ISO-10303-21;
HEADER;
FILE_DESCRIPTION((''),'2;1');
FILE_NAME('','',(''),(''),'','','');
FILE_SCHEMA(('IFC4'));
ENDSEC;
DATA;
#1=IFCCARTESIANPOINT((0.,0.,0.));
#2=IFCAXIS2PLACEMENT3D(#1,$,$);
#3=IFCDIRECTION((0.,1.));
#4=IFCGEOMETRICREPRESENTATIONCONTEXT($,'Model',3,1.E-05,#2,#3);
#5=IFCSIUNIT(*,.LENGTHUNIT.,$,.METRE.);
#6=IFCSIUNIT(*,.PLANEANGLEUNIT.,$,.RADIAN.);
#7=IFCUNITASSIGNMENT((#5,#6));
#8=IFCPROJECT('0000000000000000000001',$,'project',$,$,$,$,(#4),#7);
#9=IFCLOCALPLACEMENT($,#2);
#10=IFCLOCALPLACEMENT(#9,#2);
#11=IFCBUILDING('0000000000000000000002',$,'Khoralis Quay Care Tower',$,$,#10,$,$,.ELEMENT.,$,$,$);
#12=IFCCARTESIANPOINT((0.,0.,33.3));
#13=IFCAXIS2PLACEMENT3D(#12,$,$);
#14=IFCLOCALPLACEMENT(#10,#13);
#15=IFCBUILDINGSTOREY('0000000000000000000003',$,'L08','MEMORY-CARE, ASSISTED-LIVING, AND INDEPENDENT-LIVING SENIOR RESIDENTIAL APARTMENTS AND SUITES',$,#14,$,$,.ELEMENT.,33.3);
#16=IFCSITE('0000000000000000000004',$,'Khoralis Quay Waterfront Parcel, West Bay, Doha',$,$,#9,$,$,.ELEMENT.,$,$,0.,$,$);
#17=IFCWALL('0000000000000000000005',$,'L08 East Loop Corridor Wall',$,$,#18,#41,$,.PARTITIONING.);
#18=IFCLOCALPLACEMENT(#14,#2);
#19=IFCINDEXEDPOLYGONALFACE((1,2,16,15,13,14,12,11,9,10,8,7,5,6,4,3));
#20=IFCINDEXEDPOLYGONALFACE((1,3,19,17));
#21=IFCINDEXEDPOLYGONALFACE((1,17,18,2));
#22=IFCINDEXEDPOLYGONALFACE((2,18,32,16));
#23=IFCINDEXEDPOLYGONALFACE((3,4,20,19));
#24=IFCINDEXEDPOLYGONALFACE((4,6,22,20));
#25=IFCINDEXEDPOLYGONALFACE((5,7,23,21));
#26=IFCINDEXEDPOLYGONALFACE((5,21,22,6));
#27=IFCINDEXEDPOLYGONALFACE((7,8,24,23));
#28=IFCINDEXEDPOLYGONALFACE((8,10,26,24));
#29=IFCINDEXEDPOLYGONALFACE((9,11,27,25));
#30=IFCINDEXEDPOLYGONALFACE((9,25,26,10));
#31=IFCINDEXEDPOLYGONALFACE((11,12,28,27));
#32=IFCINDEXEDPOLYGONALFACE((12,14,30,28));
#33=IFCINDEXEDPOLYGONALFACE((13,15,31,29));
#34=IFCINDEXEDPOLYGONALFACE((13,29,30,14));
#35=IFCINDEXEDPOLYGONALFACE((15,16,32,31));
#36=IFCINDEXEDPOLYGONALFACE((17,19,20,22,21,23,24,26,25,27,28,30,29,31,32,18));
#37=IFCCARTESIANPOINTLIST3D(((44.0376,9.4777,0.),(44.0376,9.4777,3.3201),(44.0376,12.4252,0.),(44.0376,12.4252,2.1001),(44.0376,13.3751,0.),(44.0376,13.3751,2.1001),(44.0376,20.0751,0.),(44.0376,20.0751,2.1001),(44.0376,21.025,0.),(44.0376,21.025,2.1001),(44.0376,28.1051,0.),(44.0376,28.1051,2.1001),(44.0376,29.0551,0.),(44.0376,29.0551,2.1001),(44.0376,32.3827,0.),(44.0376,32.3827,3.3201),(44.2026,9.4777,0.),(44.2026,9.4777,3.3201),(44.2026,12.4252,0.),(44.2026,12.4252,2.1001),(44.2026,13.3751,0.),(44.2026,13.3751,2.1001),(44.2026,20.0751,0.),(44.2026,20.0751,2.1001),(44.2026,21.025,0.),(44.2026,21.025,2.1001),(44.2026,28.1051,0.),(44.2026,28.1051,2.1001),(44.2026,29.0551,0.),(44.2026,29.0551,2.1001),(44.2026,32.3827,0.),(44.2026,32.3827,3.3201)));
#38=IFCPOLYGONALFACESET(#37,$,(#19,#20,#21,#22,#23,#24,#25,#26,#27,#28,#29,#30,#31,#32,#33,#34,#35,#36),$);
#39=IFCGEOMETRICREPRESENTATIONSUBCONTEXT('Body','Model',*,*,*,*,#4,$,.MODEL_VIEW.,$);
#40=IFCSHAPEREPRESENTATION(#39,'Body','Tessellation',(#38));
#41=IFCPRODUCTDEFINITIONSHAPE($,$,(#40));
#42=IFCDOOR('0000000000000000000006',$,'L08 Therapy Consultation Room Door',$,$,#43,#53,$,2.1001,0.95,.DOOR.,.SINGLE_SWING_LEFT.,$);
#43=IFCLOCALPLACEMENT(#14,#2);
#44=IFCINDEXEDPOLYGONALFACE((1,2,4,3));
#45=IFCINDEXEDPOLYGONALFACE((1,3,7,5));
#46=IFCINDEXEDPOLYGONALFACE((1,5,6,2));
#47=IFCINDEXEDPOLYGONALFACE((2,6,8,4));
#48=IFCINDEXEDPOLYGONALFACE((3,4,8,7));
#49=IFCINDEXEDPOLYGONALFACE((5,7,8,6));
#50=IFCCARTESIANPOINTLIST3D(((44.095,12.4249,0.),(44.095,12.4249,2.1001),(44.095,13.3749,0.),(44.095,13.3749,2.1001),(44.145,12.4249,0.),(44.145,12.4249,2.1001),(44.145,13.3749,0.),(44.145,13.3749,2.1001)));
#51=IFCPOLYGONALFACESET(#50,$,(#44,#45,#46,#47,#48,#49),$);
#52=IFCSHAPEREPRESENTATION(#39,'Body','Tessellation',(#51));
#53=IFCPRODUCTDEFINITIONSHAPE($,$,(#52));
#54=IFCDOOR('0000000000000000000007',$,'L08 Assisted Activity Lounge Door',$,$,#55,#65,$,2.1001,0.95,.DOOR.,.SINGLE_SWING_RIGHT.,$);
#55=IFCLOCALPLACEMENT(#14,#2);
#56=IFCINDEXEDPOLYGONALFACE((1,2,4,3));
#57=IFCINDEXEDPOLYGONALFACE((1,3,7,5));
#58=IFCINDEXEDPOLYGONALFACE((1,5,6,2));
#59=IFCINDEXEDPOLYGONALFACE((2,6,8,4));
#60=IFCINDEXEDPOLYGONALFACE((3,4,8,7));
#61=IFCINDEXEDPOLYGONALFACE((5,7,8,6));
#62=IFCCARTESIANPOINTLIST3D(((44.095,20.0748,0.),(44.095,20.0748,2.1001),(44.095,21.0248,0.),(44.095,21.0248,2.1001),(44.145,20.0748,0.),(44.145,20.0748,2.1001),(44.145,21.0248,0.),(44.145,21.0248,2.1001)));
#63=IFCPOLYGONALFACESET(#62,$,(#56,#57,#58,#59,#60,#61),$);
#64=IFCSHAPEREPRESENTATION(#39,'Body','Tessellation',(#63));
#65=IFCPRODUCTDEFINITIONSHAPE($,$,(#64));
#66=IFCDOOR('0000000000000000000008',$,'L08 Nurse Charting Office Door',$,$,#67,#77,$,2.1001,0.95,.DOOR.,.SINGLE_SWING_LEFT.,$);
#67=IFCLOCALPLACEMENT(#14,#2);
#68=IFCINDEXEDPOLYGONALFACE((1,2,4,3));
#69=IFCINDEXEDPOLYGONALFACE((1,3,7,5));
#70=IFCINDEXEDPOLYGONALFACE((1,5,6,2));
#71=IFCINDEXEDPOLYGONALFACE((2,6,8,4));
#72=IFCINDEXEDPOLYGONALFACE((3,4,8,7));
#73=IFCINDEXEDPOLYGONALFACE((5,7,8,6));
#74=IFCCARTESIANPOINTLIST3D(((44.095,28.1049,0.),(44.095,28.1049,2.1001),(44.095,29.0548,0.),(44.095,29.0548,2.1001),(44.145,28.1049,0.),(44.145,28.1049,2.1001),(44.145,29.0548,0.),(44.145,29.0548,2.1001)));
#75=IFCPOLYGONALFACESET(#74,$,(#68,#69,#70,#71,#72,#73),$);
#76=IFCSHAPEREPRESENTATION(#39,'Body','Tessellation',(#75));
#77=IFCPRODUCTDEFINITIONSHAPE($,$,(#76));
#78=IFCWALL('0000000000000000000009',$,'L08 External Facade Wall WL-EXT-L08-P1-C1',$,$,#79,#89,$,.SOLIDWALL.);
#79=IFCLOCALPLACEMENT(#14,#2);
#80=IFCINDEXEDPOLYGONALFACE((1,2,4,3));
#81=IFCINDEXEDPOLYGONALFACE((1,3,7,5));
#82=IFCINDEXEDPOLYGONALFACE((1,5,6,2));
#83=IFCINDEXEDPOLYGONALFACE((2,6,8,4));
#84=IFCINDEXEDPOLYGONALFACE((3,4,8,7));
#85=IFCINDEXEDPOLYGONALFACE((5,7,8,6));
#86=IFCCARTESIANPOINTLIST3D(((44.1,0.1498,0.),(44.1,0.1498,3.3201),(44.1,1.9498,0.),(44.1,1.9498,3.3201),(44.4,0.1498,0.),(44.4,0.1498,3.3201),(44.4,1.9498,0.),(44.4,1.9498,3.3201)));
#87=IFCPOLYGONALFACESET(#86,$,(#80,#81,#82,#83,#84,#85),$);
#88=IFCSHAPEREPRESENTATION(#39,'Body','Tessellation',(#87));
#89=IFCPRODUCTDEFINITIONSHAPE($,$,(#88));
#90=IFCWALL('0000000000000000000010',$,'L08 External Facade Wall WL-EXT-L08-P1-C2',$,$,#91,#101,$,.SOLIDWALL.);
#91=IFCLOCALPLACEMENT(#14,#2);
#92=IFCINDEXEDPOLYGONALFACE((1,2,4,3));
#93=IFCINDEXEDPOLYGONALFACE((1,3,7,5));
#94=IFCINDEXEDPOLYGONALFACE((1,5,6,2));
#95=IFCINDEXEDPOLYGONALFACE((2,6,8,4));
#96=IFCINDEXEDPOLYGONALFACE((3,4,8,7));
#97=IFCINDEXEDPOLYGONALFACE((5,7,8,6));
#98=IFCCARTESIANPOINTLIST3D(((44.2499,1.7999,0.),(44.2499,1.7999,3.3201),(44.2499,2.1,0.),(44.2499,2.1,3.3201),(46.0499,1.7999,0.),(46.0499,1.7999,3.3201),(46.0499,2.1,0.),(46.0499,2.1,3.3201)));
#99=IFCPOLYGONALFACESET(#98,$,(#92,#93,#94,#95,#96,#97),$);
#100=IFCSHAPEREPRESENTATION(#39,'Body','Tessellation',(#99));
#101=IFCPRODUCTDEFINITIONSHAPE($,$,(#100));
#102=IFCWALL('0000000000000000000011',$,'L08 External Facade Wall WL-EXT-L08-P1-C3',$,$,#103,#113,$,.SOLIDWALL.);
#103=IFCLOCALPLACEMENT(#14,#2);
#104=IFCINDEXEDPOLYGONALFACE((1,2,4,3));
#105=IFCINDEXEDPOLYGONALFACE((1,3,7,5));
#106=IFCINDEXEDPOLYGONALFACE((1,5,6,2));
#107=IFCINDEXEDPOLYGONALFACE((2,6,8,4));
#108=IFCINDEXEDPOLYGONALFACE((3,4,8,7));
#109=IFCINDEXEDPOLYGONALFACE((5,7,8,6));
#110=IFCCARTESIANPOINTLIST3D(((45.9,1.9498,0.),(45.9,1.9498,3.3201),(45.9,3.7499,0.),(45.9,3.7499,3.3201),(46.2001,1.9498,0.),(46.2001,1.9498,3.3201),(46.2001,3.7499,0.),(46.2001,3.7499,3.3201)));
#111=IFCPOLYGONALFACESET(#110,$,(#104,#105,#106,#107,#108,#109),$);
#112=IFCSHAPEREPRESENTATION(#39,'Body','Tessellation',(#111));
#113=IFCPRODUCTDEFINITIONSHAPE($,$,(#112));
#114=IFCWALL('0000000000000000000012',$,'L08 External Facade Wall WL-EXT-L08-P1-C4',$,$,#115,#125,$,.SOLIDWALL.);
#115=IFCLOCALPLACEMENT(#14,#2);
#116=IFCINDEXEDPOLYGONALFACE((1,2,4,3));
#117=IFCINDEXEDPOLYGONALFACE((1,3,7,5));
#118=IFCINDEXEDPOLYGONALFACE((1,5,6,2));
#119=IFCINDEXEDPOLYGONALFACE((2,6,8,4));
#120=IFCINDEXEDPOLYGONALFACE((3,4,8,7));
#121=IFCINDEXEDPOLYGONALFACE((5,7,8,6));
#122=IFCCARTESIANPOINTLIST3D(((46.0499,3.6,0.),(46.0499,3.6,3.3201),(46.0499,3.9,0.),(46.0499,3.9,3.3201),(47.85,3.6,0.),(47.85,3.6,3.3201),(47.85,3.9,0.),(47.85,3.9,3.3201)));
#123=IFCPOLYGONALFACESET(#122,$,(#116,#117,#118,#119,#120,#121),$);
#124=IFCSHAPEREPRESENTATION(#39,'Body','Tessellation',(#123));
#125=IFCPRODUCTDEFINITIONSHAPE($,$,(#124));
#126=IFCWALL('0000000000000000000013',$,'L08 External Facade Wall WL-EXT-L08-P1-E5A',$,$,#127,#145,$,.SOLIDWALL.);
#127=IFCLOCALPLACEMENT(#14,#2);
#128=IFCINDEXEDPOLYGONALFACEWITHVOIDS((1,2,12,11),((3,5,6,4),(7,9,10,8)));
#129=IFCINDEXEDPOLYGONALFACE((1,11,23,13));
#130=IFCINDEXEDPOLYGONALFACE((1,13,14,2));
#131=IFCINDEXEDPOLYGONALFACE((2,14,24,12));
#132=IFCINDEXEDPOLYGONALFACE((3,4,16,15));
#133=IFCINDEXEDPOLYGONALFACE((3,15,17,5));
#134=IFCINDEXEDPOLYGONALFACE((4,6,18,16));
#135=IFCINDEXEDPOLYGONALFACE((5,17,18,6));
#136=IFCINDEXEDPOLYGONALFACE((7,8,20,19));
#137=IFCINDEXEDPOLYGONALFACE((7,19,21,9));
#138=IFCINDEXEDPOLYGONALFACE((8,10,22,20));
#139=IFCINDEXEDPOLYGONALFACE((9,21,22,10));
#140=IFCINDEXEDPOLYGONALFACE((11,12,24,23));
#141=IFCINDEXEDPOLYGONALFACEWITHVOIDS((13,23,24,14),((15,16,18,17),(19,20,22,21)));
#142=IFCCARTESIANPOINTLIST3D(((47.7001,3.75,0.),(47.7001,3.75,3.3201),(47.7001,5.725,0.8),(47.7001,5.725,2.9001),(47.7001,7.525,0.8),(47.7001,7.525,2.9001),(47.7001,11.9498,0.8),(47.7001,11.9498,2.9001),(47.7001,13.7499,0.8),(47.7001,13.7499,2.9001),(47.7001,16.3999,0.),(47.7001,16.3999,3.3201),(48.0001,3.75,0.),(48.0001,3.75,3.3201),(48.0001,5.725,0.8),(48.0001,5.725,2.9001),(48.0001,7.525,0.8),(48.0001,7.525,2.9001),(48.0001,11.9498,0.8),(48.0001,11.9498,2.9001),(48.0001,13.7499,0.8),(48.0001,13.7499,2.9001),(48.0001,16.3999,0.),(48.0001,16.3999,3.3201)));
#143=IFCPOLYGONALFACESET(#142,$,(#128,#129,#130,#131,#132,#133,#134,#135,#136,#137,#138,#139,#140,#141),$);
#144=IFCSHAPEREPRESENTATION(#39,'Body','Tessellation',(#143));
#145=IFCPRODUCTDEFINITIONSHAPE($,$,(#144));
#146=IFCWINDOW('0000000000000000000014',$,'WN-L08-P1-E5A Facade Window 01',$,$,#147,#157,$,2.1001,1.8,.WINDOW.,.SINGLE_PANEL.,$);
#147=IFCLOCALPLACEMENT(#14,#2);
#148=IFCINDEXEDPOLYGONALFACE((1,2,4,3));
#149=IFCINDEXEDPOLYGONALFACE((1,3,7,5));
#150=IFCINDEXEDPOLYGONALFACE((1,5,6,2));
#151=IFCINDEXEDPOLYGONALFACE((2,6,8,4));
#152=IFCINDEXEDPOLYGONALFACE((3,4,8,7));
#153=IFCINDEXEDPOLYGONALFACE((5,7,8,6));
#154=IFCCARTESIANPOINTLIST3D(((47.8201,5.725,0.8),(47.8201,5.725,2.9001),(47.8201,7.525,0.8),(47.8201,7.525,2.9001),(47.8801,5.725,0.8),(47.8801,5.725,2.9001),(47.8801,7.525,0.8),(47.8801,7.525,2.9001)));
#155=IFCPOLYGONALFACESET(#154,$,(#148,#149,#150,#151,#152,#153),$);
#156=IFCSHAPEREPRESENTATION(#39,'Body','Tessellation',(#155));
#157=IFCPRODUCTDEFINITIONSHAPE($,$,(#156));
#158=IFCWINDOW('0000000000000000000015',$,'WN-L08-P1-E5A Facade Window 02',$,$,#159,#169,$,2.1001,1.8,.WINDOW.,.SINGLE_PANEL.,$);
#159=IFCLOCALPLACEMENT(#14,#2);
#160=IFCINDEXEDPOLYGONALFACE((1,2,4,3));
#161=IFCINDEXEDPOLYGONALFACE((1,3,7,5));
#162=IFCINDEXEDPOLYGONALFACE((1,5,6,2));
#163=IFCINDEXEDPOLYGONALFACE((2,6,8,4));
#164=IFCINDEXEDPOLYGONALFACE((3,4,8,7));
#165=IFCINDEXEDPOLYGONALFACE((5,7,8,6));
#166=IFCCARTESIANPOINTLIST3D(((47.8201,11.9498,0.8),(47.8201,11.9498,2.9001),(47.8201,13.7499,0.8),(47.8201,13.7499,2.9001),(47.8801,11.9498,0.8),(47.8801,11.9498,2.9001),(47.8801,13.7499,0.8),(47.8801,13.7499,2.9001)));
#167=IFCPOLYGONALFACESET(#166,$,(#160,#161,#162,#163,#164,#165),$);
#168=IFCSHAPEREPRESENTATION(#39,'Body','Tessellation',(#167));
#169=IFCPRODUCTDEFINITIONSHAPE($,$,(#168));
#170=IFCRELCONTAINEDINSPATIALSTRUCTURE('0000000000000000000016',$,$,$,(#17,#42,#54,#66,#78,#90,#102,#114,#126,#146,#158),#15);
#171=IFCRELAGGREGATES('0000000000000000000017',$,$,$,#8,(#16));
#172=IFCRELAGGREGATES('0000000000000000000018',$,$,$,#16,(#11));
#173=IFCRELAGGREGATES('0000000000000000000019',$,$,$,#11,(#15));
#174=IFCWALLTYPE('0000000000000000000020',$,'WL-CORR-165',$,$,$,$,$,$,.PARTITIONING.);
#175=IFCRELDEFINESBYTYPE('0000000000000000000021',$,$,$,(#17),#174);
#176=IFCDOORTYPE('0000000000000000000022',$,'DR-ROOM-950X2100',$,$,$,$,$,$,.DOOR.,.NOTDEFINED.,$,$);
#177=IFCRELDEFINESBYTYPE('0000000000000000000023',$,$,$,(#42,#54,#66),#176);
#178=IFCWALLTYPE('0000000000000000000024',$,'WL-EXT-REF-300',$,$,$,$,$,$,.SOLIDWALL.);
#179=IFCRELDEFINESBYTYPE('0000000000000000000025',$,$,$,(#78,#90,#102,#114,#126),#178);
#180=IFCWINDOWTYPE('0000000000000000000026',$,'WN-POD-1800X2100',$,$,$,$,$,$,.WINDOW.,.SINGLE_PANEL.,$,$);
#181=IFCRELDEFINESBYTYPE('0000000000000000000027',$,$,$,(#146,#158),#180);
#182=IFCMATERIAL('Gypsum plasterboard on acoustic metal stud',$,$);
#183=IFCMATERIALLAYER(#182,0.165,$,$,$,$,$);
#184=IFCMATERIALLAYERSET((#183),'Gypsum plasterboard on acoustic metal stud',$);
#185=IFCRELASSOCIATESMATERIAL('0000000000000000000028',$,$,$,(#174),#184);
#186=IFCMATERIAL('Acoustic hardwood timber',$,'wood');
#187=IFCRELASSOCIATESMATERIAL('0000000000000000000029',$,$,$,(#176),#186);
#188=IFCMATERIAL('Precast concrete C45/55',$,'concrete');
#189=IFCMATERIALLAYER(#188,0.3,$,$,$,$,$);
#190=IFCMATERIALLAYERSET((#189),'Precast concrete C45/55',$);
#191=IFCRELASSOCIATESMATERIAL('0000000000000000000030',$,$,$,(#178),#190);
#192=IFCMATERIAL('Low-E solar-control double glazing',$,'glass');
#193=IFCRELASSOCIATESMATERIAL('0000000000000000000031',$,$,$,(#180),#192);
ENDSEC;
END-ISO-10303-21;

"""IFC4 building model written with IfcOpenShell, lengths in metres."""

from ifc_helpers import new_model, si_unit, direction, frame, frame_2d, origin, place, context, subcontext, project, spatial, rectangle, extrude, source, transform, mapped, material, layer, layer_set, type_object, element, fill, save


model = new_model("IFC4")

# Units and contexts
model_context = context("Model", 3, precision=1e-05, world=origin(), true_north=direction((0.0, 1.0)))
body_context = subcontext(model_context, "Body", "Model", "MODEL_VIEW")
ifc_project = project(units=[si_unit("LENGTHUNIT", "METRE"), si_unit("PLANEANGLEUNIT", "RADIAN")], contexts=[model_context])

# Site, building, storey
site_placement = place(None, origin())
site = spatial("IfcSite", under=ifc_project, at=site_placement, Name="Khoralis Quay Waterfront Parcel, West Bay, Doha", CompositionType="ELEMENT", RefElevation=0.0)
building_placement = place(site_placement, origin())
building = spatial("IfcBuilding", under=site, at=building_placement, Name="Khoralis Quay Care Tower", CompositionType="ELEMENT")
storey_placement = place(building_placement, frame((0.0, 0.0, 33.3)))
storey = spatial("IfcBuildingStorey", under=building, at=storey_placement, Name="L08", Description="MEMORY-CARE, ASSISTED-LIVING, AND INDEPENDENT-LIVING SENIOR RESIDENTIAL APARTMENTS AND SUITES", CompositionType="ELEMENT", Elevation=33.3)

# Wall, openings, doors
ifc_material_1 = material(Name="Gypsum plasterboard on acoustic metal stud")
ifc_layer_1 = layer(ifc_material_1, 0.165)
ifc_layer_set_1 = layer_set([ifc_layer_1], Name="Gypsum plasterboard on acoustic metal stud")
wall_type_1 = type_object("IfcWallType", Name="WL-CORR-165", PredefinedType="PARTITIONING", material=ifc_layer_set_1)
wall_1_placement = place(storey_placement, frame((44.1201, 9.4775, 0.0), z_axis=(0.0, 0.0, 1.0), x_axis=(0.0, 1.0, 0.0)))
wall_1 = element("IfcWall", 1, at=wall_1_placement, inside=storey, type_object=wall_type_1, Name="L08 East Loop Corridor Wall", PredefinedType="PARTITIONING", context=body_context, shape_type="SweptSolid", body=[
    extrude(rectangle(XDim=22.905, YDim=0.165, at=frame_2d((11.4526, 0.0))), origin(), (0.0, 0.0, 1.0), 3.3201),
])
opening_1_placement = place(wall_1_placement, frame((2.9475, 0.0, 0.0)))
opening_1 = element("IfcOpeningElement", 2, at=opening_1_placement, cuts=wall_1, PredefinedType="OPENING", context=body_context, shape_type="SweptSolid", body=[
    extrude(rectangle(XDim=0.95, YDim=2.1001, at=frame_2d((0.4751, 1.05))), frame((0.0, 0.0925, 0.0), z_axis=(0.0, -1.0, 0.0), x_axis=(1.0, 0.0, 0.0)), (0.0, 0.0, 1.0), 0.1851),
])
opening_2_placement = place(wall_1_placement, frame((10.5974, 0.0, 0.0)))
opening_2 = element("IfcOpeningElement", 3, at=opening_2_placement, cuts=wall_1, PredefinedType="OPENING", context=body_context, shape_type="SweptSolid", body=[
    extrude(rectangle(XDim=0.95, YDim=2.1001, at=frame_2d((0.4751, 1.05))), frame((0.0, 0.0925, 0.0), z_axis=(0.0, -1.0, 0.0), x_axis=(1.0, 0.0, 0.0)), (0.0, 0.0, 1.0), 0.1851),
])
opening_3_placement = place(wall_1_placement, frame((18.6274, 0.0, 0.0)))
opening_3 = element("IfcOpeningElement", 4, at=opening_3_placement, cuts=wall_1, PredefinedType="OPENING", context=body_context, shape_type="SweptSolid", body=[
    extrude(rectangle(XDim=0.95, YDim=2.1001, at=frame_2d((0.4751, 1.05))), frame((0.0, 0.0925, 0.0), z_axis=(0.0, -1.0, 0.0), x_axis=(1.0, 0.0, 0.0)), (0.0, 0.0, 1.0), 0.1851),
])
ifc_material_2 = material(Name="Acoustic hardwood timber", Category="wood")
door_type = type_object("IfcDoorType", Name="DR-ROOM-950X2100", OperationType="NOTDEFINED", PredefinedType="DOOR", material=ifc_material_2)
shared_shape_1 = source(origin(), body_context, "Body", "SweptSolid", [
    extrude(rectangle(XDim=0.95, YDim=2.1001, at=frame_2d((0.4751, 1.05))), frame((0.0, 0.0249, 0.0), z_axis=(0.0, -1.0, 0.0), x_axis=(1.0, 0.0, 0.0)), (0.0, 0.0, 1.0), 0.05),
])
door_1_placement = place(opening_1_placement, frame((0.95, 0.0, 0.0), z_axis=(0.0, 0.0, 1.0), x_axis=(-1.0, 0.0, 0.0)))
door_1 = element("IfcDoor", 5, at=door_1_placement, inside=storey, type_object=door_type, Name="L08 Therapy Consultation Room Door", OperationType="SINGLE_SWING_LEFT", OverallHeight=2.1001, OverallWidth=0.95, PredefinedType="DOOR", context=body_context, shape_type="MappedRepresentation", body=[
    mapped(shared_shape_1, transform((0.0, 0.0, 0.0), scale=1.0)),
])
fill(opening_1, door_1)
door_2_placement = place(opening_2_placement, frame((0.95, 0.0, 0.0), z_axis=(0.0, 0.0, 1.0), x_axis=(-1.0, 0.0, 0.0)))
door_2 = element("IfcDoor", 6, at=door_2_placement, inside=storey, type_object=door_type, Name="L08 Assisted Activity Lounge Door", OperationType="SINGLE_SWING_RIGHT", OverallHeight=2.1001, OverallWidth=0.95, PredefinedType="DOOR", context=body_context, shape_type="MappedRepresentation", body=[
    mapped(shared_shape_1, transform((0.0, 0.0, 0.0), scale=1.0)),
])
fill(opening_2, door_2)
door_3_placement = place(opening_3_placement, frame((0.95, 0.0, 0.0), z_axis=(0.0, 0.0, 1.0), x_axis=(-1.0, 0.0, 0.0)))
door_3 = element("IfcDoor", 7, at=door_3_placement, inside=storey, type_object=door_type, Name="L08 Nurse Charting Office Door", OperationType="SINGLE_SWING_LEFT", OverallHeight=2.1001, OverallWidth=0.95, PredefinedType="DOOR", context=body_context, shape_type="MappedRepresentation", body=[
    mapped(shared_shape_1, transform((0.0, 0.0, 0.0), scale=1.0)),
])
fill(opening_3, door_3)

# Walls
ifc_material_3 = material(Name="Precast concrete C45/55", Category="concrete")
ifc_layer_2 = layer(ifc_material_3, 0.3)
ifc_layer_set_2 = layer_set([ifc_layer_2], Name="Precast concrete C45/55")
wall_type_2 = type_object("IfcWallType", Name="WL-EXT-REF-300", PredefinedType="SOLIDWALL", material=ifc_layer_set_2)
for number, where, z_axis, x_axis, name in (
    (8, (44.25, 0.1499, 0.0), (0.0, 0.0, 1.0), (0.0, 1.0, 0.0), "L08 External Facade Wall WL-EXT-L08-P1-C1"),
    (9, (44.25, 1.95, 0.0), (0.0, 0.0, 1.0), (1.0, 0.0, 0.0), "L08 External Facade Wall WL-EXT-L08-P1-C2"),
    (10, (46.05, 1.95, 0.0), (0.0, 0.0, 1.0), (0.0, 1.0, 0.0), "L08 External Facade Wall WL-EXT-L08-P1-C3"),
    (11, (46.05, 3.75, 0.0), (0.0, 0.0, 1.0), (1.0, 0.0, 0.0), "L08 External Facade Wall WL-EXT-L08-P1-C4"),
):
    element("IfcWall", number, at=place(storey_placement, frame(where, z_axis=z_axis, x_axis=x_axis)), inside=storey, type_object=wall_type_2, Name=name, PredefinedType="SOLIDWALL", context=body_context, shape_type="SweptSolid", body=[
        extrude(rectangle(XDim=1.8, YDim=0.3, at=frame_2d((0.8999, 0.0))), origin(), (0.0, 0.0, 1.0), 3.3201),
    ])

# Wall, openings, windows
wall_2_placement = place(storey_placement, frame((47.8501, 3.75, 0.0), z_axis=(0.0, 0.0, 1.0), x_axis=(0.0, 1.0, 0.0)))
wall_2 = element("IfcWall", 12, at=wall_2_placement, inside=storey, type_object=wall_type_2, Name="L08 External Facade Wall WL-EXT-L08-P1-E5A", PredefinedType="SOLIDWALL", context=body_context, shape_type="SweptSolid", body=[
    extrude(rectangle(XDim=12.6499, YDim=0.3, at=frame_2d((6.325, 0.0))), origin(), (0.0, 0.0, 1.0), 3.3201),
])
opening_4_placement = place(wall_2_placement, frame((1.9751, 0.0, 0.8)))
opening_4 = element("IfcOpeningElement", 13, at=opening_4_placement, cuts=wall_2, PredefinedType="OPENING", context=body_context, shape_type="SweptSolid", body=[
    extrude(rectangle(XDim=1.8, YDim=2.1001, at=frame_2d((0.8999, 1.05))), frame((0.0, 0.1602, 0.0), z_axis=(0.0, -1.0, 0.0), x_axis=(1.0, 0.0, 0.0)), (0.0, 0.0, 1.0), 0.3201),
])
opening_5_placement = place(wall_2_placement, frame((8.2, 0.0, 0.8)))
opening_5 = element("IfcOpeningElement", 14, at=opening_5_placement, cuts=wall_2, PredefinedType="OPENING", context=body_context, shape_type="SweptSolid", body=[
    extrude(rectangle(XDim=1.8, YDim=2.1001, at=frame_2d((0.8999, 1.05))), frame((0.0, 0.1602, 0.0), z_axis=(0.0, -1.0, 0.0), x_axis=(1.0, 0.0, 0.0)), (0.0, 0.0, 1.0), 0.3201),
])
ifc_material_4 = material(Name="Low-E solar-control double glazing", Category="glass")
window_type = type_object("IfcWindowType", Name="WN-POD-1800X2100", PartitioningType="SINGLE_PANEL", PredefinedType="WINDOW", material=ifc_material_4)
shared_shape_2 = source(origin(), body_context, "Body", "SweptSolid", [
    extrude(rectangle(XDim=1.8, YDim=2.1001, at=frame_2d((0.8999, 1.05))), frame((0.0, 0.03, 0.0), z_axis=(0.0, -1.0, 0.0), x_axis=(1.0, 0.0, 0.0)), (0.0, 0.0, 1.0), 0.0601),
])
window_1_placement = place(opening_4_placement, origin())
window_1 = element("IfcWindow", 15, at=window_1_placement, inside=storey, type_object=window_type, Name="WN-L08-P1-E5A Facade Window 01", OverallHeight=2.1001, OverallWidth=1.8, PartitioningType="SINGLE_PANEL", PredefinedType="WINDOW", context=body_context, shape_type="MappedRepresentation", body=[
    mapped(shared_shape_2, transform((0.0, 0.0, 0.0), scale=1.0)),
])
fill(opening_4, window_1)
window_2_placement = place(opening_5_placement, origin())
window_2 = element("IfcWindow", 16, at=window_2_placement, inside=storey, type_object=window_type, Name="WN-L08-P1-E5A Facade Window 02", OverallHeight=2.1001, OverallWidth=1.8, PartitioningType="SINGLE_PANEL", PredefinedType="WINDOW", context=body_context, shape_type="MappedRepresentation", body=[
    mapped(shared_shape_2, transform((0.0, 0.0, 0.0), scale=1.0)),
])
fill(opening_5, window_2)

save(model, "model.ifc")
